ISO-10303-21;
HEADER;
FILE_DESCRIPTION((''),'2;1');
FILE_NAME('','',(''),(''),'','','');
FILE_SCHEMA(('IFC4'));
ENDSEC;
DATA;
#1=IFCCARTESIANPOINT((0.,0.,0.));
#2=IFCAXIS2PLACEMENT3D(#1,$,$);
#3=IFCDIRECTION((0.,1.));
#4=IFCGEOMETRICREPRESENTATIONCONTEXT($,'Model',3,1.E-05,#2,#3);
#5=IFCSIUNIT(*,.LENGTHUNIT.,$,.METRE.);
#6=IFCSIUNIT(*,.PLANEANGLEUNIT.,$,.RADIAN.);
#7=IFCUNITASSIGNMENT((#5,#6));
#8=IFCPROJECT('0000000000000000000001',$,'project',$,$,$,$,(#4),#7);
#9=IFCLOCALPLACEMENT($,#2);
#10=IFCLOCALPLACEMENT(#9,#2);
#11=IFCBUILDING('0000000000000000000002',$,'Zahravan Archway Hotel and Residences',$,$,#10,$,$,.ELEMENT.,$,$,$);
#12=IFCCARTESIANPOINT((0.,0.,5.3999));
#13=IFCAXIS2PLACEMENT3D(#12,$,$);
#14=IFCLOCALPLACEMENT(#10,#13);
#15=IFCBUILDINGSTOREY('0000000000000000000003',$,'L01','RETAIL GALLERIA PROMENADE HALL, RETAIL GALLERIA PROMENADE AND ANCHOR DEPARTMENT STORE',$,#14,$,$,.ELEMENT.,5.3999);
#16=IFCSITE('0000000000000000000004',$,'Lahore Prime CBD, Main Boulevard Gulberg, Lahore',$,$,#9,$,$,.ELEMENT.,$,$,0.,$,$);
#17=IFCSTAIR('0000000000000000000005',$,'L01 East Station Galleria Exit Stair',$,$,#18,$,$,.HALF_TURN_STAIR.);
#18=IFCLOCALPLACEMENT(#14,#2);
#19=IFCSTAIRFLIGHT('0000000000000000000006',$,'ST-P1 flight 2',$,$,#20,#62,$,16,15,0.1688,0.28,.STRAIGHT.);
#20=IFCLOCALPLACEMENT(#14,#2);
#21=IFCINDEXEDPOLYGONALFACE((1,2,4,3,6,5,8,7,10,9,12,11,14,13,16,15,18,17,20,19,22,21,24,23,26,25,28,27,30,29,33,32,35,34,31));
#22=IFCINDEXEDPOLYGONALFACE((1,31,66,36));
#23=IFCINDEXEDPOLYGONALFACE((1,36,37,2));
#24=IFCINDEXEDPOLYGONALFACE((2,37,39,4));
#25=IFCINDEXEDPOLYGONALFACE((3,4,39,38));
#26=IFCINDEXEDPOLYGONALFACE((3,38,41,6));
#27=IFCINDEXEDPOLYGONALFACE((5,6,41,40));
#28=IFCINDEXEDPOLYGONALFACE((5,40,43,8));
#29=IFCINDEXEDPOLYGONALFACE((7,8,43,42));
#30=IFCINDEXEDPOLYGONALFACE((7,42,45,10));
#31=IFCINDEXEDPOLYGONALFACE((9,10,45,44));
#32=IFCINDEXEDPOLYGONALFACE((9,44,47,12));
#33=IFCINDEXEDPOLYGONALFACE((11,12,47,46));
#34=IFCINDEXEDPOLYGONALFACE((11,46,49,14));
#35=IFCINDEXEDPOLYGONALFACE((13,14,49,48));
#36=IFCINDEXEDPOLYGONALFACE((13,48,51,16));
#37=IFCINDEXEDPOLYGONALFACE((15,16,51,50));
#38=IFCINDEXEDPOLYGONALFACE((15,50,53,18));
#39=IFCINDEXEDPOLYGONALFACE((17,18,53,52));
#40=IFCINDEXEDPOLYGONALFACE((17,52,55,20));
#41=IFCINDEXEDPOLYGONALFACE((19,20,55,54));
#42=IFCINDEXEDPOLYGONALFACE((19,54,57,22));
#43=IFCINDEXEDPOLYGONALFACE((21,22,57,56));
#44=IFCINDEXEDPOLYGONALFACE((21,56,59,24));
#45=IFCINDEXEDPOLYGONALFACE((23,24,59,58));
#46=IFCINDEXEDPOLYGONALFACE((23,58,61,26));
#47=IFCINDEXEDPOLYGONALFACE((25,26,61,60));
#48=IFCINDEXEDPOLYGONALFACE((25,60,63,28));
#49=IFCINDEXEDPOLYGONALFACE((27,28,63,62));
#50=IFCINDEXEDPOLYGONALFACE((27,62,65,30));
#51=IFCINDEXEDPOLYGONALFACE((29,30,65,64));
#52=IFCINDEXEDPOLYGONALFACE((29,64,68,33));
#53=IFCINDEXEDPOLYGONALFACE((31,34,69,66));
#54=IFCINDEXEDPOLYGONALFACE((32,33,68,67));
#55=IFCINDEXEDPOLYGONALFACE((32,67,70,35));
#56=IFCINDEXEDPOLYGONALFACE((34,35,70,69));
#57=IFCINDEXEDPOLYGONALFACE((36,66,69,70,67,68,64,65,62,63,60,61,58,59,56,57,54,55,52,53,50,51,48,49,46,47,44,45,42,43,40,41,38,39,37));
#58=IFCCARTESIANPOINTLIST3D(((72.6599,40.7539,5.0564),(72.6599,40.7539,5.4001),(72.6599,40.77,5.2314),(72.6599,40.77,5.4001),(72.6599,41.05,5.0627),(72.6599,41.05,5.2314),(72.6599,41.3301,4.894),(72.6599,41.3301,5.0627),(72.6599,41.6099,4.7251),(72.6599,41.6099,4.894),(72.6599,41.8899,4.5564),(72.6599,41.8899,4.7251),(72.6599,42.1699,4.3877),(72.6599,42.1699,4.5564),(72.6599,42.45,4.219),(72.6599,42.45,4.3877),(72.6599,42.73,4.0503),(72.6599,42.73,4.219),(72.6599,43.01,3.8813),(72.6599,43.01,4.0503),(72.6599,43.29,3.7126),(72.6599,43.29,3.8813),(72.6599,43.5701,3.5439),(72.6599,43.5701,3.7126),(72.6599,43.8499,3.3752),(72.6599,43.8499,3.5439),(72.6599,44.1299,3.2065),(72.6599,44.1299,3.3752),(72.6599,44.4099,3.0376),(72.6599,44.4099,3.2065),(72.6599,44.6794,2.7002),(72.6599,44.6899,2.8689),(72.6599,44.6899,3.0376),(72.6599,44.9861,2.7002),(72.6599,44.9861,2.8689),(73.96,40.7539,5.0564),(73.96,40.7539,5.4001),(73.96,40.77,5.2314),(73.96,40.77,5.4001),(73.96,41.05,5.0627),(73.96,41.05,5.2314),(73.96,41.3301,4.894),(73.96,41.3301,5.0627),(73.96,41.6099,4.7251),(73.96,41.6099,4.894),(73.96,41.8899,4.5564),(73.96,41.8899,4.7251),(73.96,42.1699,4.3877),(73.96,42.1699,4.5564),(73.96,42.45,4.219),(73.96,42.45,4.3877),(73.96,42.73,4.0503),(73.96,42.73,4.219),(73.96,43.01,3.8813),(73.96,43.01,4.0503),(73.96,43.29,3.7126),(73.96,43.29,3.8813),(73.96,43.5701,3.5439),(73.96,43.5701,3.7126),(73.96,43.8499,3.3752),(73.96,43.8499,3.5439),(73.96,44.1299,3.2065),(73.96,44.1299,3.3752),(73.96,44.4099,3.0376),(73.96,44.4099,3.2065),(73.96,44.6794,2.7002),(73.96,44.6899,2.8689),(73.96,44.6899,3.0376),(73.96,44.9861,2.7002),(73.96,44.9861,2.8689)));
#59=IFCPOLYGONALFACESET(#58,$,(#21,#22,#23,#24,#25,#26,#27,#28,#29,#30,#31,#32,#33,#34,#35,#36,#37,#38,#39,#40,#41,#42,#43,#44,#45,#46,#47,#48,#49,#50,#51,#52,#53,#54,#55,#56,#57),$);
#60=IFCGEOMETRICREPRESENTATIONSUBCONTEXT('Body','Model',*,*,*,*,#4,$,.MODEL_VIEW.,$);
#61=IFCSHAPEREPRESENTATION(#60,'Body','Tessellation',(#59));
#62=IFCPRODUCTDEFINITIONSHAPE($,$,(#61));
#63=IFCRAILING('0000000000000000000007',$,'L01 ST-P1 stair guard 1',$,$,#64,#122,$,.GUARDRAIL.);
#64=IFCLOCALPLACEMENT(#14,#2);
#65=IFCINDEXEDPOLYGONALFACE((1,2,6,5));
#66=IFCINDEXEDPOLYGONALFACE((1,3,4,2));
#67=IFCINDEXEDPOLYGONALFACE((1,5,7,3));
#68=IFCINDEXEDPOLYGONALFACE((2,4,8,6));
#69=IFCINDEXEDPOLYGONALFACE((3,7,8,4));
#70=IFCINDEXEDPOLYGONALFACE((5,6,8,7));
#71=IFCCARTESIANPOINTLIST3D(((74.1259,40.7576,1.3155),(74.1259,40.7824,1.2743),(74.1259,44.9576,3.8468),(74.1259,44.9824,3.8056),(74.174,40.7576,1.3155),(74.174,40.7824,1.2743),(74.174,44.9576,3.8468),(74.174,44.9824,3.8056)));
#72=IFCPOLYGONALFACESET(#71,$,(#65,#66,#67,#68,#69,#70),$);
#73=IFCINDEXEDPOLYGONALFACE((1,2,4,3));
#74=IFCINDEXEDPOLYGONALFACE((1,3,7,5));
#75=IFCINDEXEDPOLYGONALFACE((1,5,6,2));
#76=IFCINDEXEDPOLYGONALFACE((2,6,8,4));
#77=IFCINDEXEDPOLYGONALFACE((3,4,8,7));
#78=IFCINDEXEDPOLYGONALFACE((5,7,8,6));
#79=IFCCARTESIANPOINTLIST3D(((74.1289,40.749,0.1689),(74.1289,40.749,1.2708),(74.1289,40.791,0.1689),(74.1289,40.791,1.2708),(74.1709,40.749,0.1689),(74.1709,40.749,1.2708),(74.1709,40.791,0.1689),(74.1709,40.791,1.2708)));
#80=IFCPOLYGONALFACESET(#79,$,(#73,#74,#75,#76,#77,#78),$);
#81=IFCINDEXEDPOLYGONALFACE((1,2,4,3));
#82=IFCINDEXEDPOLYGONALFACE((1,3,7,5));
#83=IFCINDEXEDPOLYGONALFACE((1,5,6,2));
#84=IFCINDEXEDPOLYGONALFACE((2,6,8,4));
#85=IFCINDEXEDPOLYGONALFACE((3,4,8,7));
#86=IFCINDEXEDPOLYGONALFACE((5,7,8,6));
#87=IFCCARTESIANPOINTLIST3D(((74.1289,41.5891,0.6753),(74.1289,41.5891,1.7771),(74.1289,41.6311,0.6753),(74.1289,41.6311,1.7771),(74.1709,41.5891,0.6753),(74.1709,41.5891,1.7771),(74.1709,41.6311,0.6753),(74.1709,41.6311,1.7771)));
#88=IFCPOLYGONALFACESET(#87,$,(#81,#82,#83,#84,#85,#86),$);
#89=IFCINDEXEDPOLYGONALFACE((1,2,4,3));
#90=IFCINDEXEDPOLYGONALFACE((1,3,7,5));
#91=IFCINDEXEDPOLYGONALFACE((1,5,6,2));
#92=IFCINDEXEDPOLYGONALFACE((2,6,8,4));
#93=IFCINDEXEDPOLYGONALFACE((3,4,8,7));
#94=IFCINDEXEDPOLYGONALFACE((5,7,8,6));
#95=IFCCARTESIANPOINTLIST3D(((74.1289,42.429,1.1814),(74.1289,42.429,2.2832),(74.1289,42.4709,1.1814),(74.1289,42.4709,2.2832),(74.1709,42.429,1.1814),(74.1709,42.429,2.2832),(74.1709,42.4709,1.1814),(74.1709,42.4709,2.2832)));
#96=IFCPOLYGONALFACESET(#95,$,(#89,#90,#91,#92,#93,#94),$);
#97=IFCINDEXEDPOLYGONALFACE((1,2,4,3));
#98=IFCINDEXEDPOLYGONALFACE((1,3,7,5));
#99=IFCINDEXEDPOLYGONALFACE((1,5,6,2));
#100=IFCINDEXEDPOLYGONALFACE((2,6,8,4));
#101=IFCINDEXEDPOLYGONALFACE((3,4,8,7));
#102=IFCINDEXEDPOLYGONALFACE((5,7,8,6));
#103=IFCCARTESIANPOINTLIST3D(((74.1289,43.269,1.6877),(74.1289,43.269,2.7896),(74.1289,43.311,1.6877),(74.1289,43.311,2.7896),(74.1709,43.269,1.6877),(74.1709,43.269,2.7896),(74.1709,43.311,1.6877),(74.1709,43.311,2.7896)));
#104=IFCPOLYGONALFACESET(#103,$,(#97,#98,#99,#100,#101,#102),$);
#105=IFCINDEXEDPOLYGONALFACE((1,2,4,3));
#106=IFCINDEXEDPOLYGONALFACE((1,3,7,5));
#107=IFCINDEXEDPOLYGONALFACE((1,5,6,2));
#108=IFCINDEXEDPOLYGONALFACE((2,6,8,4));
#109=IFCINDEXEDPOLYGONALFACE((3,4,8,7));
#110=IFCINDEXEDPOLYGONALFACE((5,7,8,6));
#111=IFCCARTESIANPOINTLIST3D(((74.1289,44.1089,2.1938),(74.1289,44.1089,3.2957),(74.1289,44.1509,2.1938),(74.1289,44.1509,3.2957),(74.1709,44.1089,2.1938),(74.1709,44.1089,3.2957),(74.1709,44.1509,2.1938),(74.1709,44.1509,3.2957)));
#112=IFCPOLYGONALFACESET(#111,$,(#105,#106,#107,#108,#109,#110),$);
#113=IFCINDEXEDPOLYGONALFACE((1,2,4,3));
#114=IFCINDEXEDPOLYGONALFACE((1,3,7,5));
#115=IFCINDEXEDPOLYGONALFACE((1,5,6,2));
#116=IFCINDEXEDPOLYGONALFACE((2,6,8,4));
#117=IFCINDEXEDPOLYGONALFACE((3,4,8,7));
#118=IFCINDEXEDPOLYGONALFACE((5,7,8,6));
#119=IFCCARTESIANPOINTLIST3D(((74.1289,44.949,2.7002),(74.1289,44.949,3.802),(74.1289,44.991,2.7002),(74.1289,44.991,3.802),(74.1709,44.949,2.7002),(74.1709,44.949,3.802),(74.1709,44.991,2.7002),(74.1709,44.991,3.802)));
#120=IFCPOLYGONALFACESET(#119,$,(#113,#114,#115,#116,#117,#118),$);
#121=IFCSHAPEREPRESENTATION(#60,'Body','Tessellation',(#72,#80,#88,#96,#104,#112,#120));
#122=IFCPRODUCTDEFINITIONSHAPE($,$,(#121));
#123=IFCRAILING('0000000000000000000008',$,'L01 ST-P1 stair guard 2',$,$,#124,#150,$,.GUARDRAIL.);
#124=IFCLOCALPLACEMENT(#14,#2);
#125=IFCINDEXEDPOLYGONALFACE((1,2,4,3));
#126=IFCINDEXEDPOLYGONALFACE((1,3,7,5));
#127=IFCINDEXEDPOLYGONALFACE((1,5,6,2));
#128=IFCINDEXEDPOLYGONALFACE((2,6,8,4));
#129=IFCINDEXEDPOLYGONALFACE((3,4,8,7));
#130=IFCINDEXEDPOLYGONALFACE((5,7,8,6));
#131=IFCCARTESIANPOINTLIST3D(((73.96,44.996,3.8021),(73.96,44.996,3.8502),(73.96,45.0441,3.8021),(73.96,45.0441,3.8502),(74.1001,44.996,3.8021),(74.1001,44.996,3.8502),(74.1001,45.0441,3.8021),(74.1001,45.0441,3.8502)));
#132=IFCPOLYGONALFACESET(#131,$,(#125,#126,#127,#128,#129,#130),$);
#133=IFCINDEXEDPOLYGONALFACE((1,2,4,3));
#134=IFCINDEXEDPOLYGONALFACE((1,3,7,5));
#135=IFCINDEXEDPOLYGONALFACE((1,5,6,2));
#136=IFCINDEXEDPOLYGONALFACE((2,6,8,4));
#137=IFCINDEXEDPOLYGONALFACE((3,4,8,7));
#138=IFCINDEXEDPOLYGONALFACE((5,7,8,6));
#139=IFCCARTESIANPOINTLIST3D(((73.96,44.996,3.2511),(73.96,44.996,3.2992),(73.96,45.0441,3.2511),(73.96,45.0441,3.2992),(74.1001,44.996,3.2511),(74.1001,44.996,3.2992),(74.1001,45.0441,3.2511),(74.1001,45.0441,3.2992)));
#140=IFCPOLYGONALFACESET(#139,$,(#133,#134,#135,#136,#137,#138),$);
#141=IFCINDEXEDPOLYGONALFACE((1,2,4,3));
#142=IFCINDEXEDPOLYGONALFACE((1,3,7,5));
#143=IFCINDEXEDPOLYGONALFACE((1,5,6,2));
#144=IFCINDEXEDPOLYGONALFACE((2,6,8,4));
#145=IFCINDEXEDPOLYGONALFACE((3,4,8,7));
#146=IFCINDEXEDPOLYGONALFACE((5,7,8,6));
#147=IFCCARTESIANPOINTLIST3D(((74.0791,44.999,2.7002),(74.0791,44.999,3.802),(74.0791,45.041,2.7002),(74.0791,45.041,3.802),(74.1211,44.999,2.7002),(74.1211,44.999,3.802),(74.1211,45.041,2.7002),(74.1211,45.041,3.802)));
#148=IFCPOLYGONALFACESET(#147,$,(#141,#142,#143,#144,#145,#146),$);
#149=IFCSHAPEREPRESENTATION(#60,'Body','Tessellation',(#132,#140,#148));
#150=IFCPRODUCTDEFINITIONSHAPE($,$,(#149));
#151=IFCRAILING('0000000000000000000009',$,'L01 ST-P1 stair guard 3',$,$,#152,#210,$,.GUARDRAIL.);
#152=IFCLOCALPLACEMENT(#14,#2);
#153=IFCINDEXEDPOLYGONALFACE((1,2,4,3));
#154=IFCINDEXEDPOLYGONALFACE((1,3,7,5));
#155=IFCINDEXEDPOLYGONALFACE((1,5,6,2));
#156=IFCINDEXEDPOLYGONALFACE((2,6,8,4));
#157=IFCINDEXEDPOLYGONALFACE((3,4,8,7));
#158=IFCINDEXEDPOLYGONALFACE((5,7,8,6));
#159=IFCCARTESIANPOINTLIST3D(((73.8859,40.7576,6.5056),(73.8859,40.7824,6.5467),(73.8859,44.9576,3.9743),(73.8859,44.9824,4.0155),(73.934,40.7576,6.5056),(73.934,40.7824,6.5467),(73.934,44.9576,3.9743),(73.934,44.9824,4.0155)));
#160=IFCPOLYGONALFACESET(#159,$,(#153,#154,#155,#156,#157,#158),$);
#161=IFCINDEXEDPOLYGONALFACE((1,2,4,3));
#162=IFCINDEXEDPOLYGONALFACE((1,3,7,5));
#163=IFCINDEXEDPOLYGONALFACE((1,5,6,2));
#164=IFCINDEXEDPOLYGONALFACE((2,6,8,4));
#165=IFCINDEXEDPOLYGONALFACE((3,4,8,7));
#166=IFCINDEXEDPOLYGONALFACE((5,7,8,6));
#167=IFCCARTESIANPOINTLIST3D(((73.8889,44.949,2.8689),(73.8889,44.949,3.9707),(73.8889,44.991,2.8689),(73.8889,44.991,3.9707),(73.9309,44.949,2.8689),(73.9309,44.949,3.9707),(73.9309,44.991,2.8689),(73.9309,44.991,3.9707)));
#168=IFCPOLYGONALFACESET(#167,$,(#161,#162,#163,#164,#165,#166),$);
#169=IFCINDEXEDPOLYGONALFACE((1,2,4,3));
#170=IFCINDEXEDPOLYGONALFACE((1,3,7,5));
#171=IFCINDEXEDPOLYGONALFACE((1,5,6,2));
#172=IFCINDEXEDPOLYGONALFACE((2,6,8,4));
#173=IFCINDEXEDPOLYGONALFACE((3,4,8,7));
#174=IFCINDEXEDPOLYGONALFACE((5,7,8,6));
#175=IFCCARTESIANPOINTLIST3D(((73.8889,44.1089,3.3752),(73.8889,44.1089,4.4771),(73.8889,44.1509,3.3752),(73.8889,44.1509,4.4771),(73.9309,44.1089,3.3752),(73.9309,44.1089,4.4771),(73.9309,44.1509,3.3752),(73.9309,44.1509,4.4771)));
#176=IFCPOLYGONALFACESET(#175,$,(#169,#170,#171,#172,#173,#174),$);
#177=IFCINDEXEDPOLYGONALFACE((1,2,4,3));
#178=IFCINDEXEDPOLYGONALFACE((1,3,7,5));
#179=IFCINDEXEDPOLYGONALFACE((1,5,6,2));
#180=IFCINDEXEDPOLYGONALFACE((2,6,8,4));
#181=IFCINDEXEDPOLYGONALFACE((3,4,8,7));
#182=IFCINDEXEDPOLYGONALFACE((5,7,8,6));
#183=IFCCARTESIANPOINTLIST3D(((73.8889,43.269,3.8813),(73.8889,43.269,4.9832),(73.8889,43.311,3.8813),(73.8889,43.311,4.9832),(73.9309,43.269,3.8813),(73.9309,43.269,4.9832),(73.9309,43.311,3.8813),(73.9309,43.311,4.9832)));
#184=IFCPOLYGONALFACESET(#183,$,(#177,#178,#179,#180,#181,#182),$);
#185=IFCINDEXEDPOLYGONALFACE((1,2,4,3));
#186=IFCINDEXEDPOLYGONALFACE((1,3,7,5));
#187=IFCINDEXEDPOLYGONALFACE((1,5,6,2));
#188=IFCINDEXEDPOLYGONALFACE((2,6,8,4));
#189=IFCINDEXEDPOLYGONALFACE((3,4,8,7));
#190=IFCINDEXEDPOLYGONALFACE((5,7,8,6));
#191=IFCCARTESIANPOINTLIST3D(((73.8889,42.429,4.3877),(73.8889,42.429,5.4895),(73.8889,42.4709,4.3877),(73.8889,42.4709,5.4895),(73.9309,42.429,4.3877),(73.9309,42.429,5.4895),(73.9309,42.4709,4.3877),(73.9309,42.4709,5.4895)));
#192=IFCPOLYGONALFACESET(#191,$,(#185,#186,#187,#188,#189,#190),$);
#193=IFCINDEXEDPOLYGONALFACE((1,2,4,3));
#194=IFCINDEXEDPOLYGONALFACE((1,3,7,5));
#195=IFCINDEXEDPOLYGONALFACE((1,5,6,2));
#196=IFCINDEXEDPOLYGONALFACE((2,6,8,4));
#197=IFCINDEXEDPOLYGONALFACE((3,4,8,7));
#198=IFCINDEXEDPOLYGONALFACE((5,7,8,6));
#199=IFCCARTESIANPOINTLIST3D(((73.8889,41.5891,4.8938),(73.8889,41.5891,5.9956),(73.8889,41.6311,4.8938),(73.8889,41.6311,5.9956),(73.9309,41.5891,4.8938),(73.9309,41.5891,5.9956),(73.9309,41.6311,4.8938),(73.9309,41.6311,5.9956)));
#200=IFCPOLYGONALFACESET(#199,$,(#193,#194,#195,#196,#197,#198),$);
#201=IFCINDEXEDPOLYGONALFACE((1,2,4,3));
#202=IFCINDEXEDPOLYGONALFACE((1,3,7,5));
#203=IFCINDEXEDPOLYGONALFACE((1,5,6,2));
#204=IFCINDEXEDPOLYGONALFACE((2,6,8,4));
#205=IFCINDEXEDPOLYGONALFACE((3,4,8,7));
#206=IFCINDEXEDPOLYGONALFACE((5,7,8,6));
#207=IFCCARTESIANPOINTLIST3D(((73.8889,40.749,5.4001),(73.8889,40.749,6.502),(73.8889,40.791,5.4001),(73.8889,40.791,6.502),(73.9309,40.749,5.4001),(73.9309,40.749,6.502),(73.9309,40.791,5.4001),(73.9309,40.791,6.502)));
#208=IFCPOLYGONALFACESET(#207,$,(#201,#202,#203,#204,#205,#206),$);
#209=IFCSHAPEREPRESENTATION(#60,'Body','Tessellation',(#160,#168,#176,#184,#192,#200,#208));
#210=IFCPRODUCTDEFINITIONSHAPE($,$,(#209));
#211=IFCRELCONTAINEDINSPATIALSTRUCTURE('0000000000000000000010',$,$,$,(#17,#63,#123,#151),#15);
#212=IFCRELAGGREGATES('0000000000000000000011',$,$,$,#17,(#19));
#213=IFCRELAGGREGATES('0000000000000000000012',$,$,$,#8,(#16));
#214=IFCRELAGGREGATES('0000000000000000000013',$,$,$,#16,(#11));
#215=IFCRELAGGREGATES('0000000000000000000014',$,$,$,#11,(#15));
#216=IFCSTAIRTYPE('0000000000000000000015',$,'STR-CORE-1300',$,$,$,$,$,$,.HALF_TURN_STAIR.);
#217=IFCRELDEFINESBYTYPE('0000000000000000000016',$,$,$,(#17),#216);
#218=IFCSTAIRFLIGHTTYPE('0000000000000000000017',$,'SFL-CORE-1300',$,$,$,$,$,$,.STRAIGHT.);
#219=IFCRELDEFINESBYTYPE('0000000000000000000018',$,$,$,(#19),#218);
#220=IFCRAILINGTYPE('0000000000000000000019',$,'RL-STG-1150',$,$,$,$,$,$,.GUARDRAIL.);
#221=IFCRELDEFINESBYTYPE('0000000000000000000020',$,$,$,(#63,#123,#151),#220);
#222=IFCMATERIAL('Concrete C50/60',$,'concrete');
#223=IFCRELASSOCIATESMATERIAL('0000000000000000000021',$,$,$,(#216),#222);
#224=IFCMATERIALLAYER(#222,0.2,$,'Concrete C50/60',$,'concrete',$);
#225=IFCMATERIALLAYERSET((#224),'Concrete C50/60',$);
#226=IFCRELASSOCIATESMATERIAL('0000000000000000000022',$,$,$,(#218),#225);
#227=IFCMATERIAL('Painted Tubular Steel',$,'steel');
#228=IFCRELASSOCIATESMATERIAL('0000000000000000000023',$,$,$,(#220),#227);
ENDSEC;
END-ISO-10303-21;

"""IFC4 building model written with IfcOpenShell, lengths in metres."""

from ifc_helpers import new_model, si_unit, direction, frame, origin, origin_2d, place, context, subcontext, project, spatial, polyline, rectangle, outline, extrude, source, transform, mapped, material, layer, layer_set, type_object, element, aggregate, save


model = new_model("IFC4")

# Units and contexts
model_context = context("Model", 3, precision=1e-05, world=origin(), true_north=direction((0.0, 1.0)))
body_context = subcontext(model_context, "Body", "Model", "MODEL_VIEW")
ifc_project = project(units=[si_unit("LENGTHUNIT", "METRE"), si_unit("PLANEANGLEUNIT", "RADIAN")], contexts=[model_context])

# Site, building, storey
site_placement = place(None, origin())
site = spatial("IfcSite", under=ifc_project, at=site_placement, Name="Lahore Prime CBD, Main Boulevard Gulberg, Lahore", CompositionType="ELEMENT", RefElevation=0.0)
building_placement = place(site_placement, origin())
building = spatial("IfcBuilding", under=site, at=building_placement, Name="Zahravan Archway Hotel and Residences", CompositionType="ELEMENT")
storey_placement = place(building_placement, frame((0.0, 0.0, 5.3999)))
storey = spatial("IfcBuildingStorey", under=building, at=storey_placement, Name="L01", Description="RETAIL GALLERIA PROMENADE HALL, RETAIL GALLERIA PROMENADE AND ANCHOR DEPARTMENT STORE", CompositionType="ELEMENT", Elevation=5.3999)

# Shared definitions
ifc_material_1 = material(Name="Concrete C50/60", Category="concrete")

# Stair, stair flight
stair_type = type_object("IfcStairType", Name="STR-CORE-1300", PredefinedType="HALF_TURN_STAIR", material=ifc_material_1)
stair_placement = place(storey_placement, origin())
stair = element("IfcStair", 1, at=stair_placement, inside=storey, type_object=stair_type, Name="L01 East Station Galleria Exit Stair", PredefinedType="HALF_TURN_STAIR")
ifc_layer_1 = layer(ifc_material_1, 0.2, Name="Concrete C50/60", Category="concrete")
ifc_layer_set_1 = layer_set([ifc_layer_1], Name="Concrete C50/60")
stair_flight_type = type_object("IfcStairFlightType", Name="SFL-CORE-1300", PredefinedType="STRAIGHT", material=ifc_layer_set_1)
shared_shape_1 = source(origin(), body_context, "Body", "SweptSolid", [
    extrude(outline(polyline([(-0.0161, 0.0), (-0.0161, 0.1687), (0.28, 0.1687), (0.28, 0.3374), (0.5601, 0.3374), (0.5601, 0.5063), (0.8401, 0.5063), (0.8401, 0.675), (1.1201, 0.675), (1.1201, 0.8438), (1.3999, 0.8438), (1.3999, 1.0125), (1.6799, 1.0125), (1.6799, 1.1812), (1.96, 1.1812), (1.96, 1.3501), (2.24, 1.3501), (2.24, 1.5188), (2.52, 1.5188), (2.52, 1.6875), (2.8, 1.6875), (2.8, 1.8562), (3.0801, 1.8562), (3.0801, 2.0249), (3.3601, 2.0249), (3.3601, 2.1938), (3.6399, 2.1938), (3.6399, 2.3625), (3.9199, 2.3625), (3.9199, 2.5312), (4.2, 2.5312), (4.2, 2.7), (4.2161, 2.7), (4.2161, 2.3562), (0.2905, 0.0), (-0.0161, 0.0)])), frame((0.0, 0.6499, 0.0), z_axis=(0.0, -1.0, 0.0), x_axis=(1.0, 0.0, 0.0)), (0.0, 0.0, 1.0), 1.3),
])
stair_flight_1_placement = place(storey_placement, frame((73.3101, 44.97, 2.7002), z_axis=(0.0, 0.0, 1.0), x_axis=(0.0, -1.0, 0.0)))
stair_flight_1 = element("IfcStairFlight", 2, at=stair_flight_1_placement, type_object=stair_flight_type, Name="ST-P1 flight 2", NumberOfRisers=16, NumberOfTreads=15, PredefinedType="STRAIGHT", RiserHeight=0.1688, TreadLength=0.28, context=body_context, shape_type="MappedRepresentation", body=[
    mapped(shared_shape_1, transform((0.0, 0.0, 0.0), scale=1.0)),
])
aggregate(stair, [stair_flight_1])

# Railings
ifc_material_2 = material(Name="Painted Tubular Steel", Category="steel")
railing_type_1 = type_object("IfcRailingType", Name="RL-STG-1150", PredefinedType="GUARDRAIL", material=ifc_material_2)
railing_1_placement = place(storey_placement, frame((74.1499, 40.77, 0.1689)))
element("IfcRailing", 3, at=railing_1_placement, inside=storey, type_object=railing_type_1, Name="L01 ST-P1 stair guard 1", PredefinedType="GUARDRAIL", context=body_context, shape_type="SweptSolid", body=[
    extrude(rectangle(XDim=0.0481, YDim=0.0481, at=origin_2d()), frame((0.0, 0.0, 1.126), z_axis=(0.0, 0.856476, 0.516186), x_axis=(-1.0, 0.0, 0.0)), (0.0, 0.0, 1.0), 4.9038),
    extrude(rectangle(XDim=0.042, YDim=0.042, at=origin_2d()), origin(), (0.0, 0.0, 1.0), 1.1018),
    extrude(rectangle(XDim=0.042, YDim=0.042, at=origin_2d()), frame((0.0, 0.8401, 0.5063)), (0.0, 0.0, 1.0), 1.1018),
    extrude(rectangle(XDim=0.042, YDim=0.042, at=origin_2d()), frame((0.0, 1.6799, 1.0125)), (0.0, 0.0, 1.0), 1.1018),
    extrude(rectangle(XDim=0.042, YDim=0.042, at=origin_2d()), frame((0.0, 2.52, 1.5188)), (0.0, 0.0, 1.0), 1.1018),
    extrude(rectangle(XDim=0.042, YDim=0.042, at=origin_2d()), frame((0.0, 3.3599, 2.0249)), (0.0, 0.0, 1.0), 1.1018),
    extrude(rectangle(XDim=0.042, YDim=0.042, at=origin_2d()), frame((0.0, 4.2, 2.5312)), (0.0, 0.0, 1.0), 1.1018),
])
railing_2_placement = place(storey_placement, frame((74.1001, 45.02, 2.7002)))
element("IfcRailing", 4, at=railing_2_placement, inside=storey, type_object=railing_type_1, Name="L01 ST-P1 stair guard 2", PredefinedType="GUARDRAIL", context=body_context, shape_type="SweptSolid", body=[
    extrude(rectangle(XDim=0.0481, YDim=0.0481, at=origin_2d()), frame((0.0, 0.0, 1.126), z_axis=(-1.0, 0.0, 0.0), x_axis=(0.0, -1.0, 0.0)), (0.0, 0.0, 1.0), 0.1401),
    extrude(rectangle(XDim=0.0481, YDim=0.0481, at=origin_2d()), frame((0.0, 0.0, 0.575), z_axis=(-1.0, 0.0, 0.0), x_axis=(0.0, -1.0, 0.0)), (0.0, 0.0, 1.0), 0.1401),
    extrude(rectangle(XDim=0.042, YDim=0.042, at=origin_2d()), origin(), (0.0, 0.0, 1.0), 1.1018),
])
railing_3_placement = place(storey_placement, frame((73.9099, 44.97, 2.8689)))
element("IfcRailing", 5, at=railing_3_placement, inside=storey, type_object=railing_type_1, Name="L01 ST-P1 stair guard 3", PredefinedType="GUARDRAIL", context=body_context, shape_type="SweptSolid", body=[
    extrude(rectangle(XDim=0.0481, YDim=0.0481, at=origin_2d()), frame((0.0, 0.0, 1.126), z_axis=(0.0, -0.856476, 0.516186), x_axis=(1.0, 0.0, 0.0)), (0.0, 0.0, 1.0), 4.9038),
    extrude(rectangle(XDim=0.042, YDim=0.042, at=origin_2d()), origin(), (0.0, 0.0, 1.0), 1.1018),
    extrude(rectangle(XDim=0.042, YDim=0.042, at=origin_2d()), frame((0.0, -0.8401, 0.5063)), (0.0, 0.0, 1.0), 1.1018),
    extrude(rectangle(XDim=0.042, YDim=0.042, at=origin_2d()), frame((0.0, -1.6799, 1.0125)), (0.0, 0.0, 1.0), 1.1018),
    extrude(rectangle(XDim=0.042, YDim=0.042, at=origin_2d()), frame((0.0, -2.52, 1.5188)), (0.0, 0.0, 1.0), 1.1018),
    extrude(rectangle(XDim=0.042, YDim=0.042, at=origin_2d()), frame((0.0, -3.3599, 2.0249)), (0.0, 0.0, 1.0), 1.1018),
    extrude(rectangle(XDim=0.042, YDim=0.042, at=origin_2d()), frame((0.0, -4.2, 2.5312)), (0.0, 0.0, 1.0), 1.1018),
])

save(model, "model.ifc")
